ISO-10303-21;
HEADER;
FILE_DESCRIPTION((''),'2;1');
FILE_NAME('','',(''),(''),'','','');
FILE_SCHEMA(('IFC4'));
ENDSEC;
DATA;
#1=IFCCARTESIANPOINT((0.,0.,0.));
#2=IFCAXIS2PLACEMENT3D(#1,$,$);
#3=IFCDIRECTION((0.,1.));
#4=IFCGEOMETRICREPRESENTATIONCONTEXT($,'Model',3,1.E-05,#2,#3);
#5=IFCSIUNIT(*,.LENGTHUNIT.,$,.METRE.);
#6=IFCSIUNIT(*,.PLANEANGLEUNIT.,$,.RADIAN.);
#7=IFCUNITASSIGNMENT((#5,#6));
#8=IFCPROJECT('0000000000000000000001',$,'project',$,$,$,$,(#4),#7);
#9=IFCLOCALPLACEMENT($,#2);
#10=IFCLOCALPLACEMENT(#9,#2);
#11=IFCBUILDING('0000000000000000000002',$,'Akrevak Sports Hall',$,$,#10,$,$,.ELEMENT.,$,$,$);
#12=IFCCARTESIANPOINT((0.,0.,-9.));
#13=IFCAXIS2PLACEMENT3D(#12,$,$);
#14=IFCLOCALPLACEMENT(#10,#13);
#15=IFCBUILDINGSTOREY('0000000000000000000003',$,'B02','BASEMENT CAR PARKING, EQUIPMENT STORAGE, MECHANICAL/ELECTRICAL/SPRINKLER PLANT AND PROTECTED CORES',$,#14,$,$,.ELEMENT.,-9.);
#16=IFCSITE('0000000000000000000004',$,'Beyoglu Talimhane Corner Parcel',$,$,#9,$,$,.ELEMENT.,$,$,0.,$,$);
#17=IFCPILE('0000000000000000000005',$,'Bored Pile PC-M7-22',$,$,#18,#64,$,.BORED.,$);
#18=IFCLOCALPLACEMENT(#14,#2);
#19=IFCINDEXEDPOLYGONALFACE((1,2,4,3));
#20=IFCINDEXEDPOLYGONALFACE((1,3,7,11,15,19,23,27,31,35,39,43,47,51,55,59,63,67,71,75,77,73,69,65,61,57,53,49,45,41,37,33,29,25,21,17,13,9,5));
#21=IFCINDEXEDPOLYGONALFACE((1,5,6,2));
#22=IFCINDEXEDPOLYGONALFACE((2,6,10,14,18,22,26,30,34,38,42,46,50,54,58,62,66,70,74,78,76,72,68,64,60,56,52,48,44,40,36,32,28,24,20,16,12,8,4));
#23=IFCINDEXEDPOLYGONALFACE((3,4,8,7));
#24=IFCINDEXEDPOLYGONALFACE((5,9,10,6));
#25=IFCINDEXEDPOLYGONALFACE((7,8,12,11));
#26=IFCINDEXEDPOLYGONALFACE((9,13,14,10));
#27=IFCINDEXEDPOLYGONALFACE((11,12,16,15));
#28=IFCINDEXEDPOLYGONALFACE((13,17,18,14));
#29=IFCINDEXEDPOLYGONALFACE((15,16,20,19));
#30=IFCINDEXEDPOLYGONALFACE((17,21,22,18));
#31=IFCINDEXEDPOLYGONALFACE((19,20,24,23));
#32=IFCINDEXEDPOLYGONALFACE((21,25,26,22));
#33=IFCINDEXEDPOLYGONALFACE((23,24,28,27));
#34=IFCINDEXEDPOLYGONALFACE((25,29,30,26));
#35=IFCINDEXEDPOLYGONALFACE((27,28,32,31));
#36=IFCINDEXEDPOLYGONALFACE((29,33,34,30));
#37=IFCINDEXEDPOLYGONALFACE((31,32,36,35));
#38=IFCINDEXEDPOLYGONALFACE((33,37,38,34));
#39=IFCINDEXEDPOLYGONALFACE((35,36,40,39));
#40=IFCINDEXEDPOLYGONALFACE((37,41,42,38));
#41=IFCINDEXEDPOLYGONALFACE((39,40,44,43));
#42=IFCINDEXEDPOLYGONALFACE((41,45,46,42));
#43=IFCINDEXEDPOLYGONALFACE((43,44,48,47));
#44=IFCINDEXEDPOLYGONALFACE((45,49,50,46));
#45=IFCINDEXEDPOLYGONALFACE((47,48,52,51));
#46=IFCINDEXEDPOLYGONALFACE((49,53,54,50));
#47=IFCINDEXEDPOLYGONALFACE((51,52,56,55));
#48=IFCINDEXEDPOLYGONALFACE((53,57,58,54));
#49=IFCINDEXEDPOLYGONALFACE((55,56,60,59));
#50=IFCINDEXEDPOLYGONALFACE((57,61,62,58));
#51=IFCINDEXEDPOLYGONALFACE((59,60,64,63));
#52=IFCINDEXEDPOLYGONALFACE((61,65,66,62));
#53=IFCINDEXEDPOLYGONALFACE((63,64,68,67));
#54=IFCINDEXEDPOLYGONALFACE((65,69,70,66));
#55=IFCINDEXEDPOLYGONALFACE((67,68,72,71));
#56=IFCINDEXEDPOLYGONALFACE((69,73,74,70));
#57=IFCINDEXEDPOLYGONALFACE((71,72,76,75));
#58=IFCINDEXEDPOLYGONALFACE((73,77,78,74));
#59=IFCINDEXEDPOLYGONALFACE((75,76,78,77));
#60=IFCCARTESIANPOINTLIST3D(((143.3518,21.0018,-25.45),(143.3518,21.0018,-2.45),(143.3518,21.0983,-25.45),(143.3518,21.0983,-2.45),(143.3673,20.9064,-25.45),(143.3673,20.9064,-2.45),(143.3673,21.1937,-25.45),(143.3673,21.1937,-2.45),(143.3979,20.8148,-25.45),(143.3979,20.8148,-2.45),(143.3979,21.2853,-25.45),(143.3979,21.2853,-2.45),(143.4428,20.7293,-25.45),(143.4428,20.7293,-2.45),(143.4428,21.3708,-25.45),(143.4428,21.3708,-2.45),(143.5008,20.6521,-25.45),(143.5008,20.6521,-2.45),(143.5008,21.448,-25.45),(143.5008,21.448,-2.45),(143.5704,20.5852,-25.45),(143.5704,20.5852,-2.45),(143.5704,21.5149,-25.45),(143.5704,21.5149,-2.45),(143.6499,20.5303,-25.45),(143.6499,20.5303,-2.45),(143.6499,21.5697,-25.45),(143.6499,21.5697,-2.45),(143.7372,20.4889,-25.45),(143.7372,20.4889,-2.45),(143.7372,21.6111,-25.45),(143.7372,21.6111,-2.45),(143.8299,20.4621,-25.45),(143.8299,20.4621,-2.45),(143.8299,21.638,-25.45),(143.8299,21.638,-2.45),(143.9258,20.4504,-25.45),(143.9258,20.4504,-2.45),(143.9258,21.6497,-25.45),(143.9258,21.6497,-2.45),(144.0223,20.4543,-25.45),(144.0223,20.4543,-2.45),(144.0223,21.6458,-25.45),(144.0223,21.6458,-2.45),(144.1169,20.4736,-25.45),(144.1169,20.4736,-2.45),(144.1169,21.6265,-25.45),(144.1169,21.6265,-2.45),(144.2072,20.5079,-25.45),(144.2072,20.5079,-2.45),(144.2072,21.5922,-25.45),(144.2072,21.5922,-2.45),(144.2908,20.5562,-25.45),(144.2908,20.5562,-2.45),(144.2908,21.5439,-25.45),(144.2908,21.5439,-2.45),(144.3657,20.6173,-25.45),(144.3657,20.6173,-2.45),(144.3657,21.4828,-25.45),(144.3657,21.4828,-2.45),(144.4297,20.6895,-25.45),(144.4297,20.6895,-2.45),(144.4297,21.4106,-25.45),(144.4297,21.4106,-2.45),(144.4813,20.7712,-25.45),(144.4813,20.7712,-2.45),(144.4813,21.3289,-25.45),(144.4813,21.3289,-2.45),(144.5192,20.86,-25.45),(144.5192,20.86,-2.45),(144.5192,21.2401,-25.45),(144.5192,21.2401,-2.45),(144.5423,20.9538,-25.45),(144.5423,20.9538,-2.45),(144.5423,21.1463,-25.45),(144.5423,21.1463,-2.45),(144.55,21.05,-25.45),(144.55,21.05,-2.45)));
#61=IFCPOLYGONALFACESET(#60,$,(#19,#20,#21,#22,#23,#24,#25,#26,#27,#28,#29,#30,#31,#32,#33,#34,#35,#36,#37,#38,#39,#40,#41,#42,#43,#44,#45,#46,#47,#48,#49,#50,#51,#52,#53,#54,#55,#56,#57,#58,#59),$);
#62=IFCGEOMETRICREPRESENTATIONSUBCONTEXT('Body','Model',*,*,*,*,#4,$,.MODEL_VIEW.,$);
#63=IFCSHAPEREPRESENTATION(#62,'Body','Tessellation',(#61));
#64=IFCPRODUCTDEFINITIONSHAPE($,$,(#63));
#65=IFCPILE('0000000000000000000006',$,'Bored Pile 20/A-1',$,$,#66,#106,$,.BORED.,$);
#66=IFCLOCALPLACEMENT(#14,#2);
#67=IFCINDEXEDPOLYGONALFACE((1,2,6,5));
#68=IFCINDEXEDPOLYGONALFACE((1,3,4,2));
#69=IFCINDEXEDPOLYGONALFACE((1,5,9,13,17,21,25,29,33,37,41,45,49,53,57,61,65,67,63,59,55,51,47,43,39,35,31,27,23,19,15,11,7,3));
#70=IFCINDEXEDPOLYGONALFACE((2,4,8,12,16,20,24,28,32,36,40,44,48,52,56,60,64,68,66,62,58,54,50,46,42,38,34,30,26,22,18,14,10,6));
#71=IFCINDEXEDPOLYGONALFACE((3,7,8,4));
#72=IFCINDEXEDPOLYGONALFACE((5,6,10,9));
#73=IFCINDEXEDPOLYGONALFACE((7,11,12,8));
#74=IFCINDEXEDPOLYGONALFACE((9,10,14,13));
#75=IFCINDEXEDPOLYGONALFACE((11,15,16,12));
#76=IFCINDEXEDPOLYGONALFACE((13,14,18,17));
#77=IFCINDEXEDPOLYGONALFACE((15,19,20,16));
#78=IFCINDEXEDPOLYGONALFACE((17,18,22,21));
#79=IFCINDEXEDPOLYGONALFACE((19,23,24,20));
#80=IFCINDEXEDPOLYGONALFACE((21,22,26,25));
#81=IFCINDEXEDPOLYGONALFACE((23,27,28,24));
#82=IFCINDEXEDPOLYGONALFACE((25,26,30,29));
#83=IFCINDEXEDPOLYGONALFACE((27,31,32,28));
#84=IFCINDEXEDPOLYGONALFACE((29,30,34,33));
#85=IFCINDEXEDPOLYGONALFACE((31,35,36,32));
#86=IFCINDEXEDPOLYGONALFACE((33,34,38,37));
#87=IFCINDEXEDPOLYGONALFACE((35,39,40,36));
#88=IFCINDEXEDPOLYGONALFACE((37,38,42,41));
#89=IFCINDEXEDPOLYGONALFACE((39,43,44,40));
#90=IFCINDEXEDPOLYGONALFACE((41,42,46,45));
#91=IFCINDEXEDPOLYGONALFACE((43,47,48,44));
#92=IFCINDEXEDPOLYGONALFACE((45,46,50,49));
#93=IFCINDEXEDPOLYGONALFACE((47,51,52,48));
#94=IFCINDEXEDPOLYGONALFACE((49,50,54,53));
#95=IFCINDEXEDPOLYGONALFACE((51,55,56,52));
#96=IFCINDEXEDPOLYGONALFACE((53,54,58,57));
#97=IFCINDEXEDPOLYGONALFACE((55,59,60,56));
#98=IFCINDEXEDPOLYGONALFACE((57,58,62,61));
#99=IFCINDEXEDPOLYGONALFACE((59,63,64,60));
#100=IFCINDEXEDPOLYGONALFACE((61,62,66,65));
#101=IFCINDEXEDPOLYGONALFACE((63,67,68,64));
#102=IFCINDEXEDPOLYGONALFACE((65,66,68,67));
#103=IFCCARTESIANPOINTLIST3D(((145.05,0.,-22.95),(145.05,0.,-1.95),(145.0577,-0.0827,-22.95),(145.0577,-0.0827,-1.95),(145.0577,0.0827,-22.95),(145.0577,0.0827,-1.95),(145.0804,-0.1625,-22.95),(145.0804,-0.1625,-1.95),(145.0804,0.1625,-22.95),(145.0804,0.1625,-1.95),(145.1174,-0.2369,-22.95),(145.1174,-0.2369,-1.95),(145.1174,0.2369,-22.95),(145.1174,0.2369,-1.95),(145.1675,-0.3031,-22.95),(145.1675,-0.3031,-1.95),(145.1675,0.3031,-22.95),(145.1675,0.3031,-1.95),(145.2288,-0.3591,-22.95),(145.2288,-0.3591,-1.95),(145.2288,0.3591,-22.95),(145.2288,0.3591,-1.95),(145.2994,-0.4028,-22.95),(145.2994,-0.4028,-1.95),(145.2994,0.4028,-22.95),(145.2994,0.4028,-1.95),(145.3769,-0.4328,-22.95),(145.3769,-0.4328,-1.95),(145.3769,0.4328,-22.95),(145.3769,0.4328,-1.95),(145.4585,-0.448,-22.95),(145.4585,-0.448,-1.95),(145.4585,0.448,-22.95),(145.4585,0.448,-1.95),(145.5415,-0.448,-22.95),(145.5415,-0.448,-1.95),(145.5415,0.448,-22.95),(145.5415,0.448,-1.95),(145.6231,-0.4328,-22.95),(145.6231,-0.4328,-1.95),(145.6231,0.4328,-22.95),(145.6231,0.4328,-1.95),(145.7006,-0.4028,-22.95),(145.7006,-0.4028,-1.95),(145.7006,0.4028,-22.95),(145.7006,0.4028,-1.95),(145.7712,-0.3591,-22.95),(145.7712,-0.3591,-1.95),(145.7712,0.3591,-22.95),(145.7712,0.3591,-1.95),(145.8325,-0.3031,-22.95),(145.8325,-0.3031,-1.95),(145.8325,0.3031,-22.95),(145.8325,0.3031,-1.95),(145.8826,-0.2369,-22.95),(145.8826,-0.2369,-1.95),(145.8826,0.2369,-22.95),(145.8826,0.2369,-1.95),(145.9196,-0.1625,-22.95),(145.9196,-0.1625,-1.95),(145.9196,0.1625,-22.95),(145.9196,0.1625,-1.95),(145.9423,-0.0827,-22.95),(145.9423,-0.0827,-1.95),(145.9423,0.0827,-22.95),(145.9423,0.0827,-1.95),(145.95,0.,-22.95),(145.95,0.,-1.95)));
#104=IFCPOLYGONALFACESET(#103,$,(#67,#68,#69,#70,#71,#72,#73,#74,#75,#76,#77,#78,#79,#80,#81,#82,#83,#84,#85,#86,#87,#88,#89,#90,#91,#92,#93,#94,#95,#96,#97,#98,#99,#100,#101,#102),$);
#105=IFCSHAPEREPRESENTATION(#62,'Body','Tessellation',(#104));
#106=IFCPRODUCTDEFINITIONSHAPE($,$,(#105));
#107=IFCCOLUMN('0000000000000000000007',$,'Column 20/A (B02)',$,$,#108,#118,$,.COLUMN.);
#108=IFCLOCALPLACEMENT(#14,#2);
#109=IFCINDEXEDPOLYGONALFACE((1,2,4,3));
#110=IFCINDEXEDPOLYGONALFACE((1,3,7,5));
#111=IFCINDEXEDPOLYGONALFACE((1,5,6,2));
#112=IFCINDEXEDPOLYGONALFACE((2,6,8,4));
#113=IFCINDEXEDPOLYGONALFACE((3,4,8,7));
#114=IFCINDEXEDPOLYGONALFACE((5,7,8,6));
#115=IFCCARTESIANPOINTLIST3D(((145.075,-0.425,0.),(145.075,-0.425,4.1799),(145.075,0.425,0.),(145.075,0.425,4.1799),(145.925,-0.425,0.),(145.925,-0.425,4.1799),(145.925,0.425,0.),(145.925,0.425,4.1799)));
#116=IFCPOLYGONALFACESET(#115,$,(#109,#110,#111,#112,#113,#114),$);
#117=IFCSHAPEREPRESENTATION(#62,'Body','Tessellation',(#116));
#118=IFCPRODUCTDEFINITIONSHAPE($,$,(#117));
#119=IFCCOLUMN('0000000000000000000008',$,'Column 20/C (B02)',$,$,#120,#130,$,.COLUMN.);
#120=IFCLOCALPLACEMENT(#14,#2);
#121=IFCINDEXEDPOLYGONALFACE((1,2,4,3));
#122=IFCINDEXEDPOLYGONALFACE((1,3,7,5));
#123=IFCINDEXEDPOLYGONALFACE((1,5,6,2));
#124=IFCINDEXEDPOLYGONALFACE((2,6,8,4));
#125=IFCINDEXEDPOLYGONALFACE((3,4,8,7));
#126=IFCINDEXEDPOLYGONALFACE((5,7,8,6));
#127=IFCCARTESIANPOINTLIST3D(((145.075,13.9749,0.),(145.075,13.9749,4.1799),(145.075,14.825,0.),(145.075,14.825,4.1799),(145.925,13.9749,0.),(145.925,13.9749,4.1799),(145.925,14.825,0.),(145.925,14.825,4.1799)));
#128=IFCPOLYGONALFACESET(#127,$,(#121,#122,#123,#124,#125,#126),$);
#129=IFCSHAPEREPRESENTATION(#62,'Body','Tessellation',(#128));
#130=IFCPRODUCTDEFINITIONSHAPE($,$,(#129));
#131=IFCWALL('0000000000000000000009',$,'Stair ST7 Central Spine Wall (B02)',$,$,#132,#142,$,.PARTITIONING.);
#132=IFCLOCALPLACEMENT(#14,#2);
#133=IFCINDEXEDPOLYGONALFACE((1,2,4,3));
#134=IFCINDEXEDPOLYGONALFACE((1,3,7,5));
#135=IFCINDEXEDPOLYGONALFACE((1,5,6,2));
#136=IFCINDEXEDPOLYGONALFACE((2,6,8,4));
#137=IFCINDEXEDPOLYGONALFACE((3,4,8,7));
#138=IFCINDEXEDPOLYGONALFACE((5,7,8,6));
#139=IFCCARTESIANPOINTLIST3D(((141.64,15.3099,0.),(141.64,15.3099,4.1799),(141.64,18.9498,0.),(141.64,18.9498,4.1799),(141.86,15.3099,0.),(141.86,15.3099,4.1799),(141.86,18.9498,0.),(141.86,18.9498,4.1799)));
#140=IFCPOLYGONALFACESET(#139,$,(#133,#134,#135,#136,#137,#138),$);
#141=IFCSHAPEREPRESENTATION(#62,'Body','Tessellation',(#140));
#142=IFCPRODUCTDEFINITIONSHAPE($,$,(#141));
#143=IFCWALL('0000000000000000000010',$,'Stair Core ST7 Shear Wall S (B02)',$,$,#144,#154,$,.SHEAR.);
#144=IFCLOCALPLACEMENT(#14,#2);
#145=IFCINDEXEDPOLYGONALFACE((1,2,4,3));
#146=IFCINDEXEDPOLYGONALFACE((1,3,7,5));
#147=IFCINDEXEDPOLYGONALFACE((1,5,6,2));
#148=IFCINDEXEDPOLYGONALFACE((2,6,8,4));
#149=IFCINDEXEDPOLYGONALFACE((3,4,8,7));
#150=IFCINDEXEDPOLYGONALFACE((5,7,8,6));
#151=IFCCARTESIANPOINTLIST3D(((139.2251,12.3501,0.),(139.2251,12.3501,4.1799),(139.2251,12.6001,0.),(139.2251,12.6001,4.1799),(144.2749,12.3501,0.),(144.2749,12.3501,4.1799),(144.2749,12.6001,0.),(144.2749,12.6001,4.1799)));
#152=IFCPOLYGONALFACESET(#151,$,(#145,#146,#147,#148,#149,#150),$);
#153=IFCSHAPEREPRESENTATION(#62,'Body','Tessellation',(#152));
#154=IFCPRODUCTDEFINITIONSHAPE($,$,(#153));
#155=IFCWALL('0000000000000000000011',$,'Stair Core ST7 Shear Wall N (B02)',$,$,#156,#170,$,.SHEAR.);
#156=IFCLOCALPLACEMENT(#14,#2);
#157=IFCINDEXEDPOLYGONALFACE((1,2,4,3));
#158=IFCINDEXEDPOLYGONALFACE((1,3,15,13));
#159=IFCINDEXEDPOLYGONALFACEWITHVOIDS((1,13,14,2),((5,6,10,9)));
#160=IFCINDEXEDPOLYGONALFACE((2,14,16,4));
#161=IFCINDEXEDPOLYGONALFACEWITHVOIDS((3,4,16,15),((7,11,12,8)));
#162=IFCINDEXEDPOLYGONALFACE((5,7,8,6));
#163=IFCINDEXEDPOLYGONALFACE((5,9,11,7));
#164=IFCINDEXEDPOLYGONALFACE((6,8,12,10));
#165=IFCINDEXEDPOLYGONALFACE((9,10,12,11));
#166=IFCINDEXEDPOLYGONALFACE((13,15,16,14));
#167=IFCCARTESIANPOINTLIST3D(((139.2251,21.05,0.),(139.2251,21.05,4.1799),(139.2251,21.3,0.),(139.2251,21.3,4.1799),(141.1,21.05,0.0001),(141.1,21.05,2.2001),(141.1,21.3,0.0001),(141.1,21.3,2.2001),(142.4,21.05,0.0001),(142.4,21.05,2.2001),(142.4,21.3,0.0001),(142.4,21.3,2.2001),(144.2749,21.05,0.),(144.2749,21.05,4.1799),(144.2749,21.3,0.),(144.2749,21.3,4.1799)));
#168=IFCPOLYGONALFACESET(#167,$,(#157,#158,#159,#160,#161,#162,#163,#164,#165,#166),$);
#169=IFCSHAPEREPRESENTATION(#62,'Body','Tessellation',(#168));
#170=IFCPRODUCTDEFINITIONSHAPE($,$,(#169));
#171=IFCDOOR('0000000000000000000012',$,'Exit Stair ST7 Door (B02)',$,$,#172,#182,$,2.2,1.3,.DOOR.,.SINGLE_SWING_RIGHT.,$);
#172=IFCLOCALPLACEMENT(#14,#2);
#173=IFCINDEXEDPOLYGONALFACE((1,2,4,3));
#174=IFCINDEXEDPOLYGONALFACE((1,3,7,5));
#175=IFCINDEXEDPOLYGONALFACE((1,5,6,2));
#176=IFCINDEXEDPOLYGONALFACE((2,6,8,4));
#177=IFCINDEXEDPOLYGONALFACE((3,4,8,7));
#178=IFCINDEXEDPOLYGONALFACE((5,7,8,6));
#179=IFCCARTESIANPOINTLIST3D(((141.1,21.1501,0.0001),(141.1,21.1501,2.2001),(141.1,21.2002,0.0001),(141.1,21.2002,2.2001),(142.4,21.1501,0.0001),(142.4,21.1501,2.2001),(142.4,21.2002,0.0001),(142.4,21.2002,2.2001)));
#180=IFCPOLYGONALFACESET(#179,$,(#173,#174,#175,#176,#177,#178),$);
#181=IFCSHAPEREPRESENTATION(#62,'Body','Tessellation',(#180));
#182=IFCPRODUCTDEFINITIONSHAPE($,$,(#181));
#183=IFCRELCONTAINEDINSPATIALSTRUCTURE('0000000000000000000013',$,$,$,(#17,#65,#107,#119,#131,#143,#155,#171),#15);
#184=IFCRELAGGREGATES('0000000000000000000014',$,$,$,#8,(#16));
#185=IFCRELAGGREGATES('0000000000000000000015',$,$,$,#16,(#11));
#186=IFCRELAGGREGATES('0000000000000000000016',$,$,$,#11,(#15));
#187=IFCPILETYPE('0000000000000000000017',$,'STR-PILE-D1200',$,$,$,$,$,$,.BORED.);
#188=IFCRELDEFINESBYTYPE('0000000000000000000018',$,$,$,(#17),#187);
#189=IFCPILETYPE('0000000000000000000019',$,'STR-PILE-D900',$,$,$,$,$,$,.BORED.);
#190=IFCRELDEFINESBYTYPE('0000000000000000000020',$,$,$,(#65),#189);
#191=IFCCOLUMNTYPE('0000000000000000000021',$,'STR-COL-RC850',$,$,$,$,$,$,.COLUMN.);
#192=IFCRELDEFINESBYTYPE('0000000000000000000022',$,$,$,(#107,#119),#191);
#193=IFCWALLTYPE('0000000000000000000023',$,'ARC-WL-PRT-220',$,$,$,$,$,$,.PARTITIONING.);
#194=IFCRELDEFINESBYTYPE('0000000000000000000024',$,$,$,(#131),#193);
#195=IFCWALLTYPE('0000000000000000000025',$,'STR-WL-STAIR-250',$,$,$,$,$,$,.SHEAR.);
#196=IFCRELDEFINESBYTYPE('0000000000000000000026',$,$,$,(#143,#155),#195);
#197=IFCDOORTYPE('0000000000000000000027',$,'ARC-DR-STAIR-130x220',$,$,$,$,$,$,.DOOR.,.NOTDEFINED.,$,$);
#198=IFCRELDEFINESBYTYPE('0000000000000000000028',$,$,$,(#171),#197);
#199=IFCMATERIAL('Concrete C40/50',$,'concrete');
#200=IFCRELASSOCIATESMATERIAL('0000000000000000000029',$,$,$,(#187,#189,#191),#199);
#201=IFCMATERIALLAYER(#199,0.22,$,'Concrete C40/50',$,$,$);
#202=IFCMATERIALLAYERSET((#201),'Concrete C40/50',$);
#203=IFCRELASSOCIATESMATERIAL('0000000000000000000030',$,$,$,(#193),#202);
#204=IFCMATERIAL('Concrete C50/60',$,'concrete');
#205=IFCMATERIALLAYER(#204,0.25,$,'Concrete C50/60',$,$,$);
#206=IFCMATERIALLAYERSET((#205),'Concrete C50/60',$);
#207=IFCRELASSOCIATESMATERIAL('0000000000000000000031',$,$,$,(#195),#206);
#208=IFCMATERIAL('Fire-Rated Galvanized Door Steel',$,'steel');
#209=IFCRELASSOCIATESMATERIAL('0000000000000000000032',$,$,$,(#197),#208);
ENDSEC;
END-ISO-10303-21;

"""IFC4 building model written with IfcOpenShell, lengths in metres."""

from ifc_helpers import new_model, si_unit, direction, frame, frame_2d, origin, origin_2d, place, context, subcontext, project, spatial, rectangle, circle, extrude, material, layer, layer_set, material_profile, profile_set, type_object, element, fill, save


model = new_model("IFC4")

# Units and contexts
model_context = context("Model", 3, precision=1e-05, world=origin(), true_north=direction((0.0, 1.0)))
body_context = subcontext(model_context, "Body", "Model", "MODEL_VIEW")
ifc_project = project(units=[si_unit("LENGTHUNIT", "METRE"), si_unit("PLANEANGLEUNIT", "RADIAN")], contexts=[model_context])

# Site, building, storey
site_placement = place(None, origin())
site = spatial("IfcSite", under=ifc_project, at=site_placement, Name="Beyoglu Talimhane Corner Parcel", CompositionType="ELEMENT", RefElevation=0.0)
building_placement = place(site_placement, origin())
building = spatial("IfcBuilding", under=site, at=building_placement, Name="Akrevak Sports Hall", CompositionType="ELEMENT")
storey_placement = place(building_placement, frame((0.0, 0.0, -9.0)))
storey = spatial("IfcBuildingStorey", under=building, at=storey_placement, Name="B02", Description="BASEMENT CAR PARKING, EQUIPMENT STORAGE, MECHANICAL/ELECTRICAL/SPRINKLER PLANT AND PROTECTED CORES", CompositionType="ELEMENT", Elevation=-9.0)

# Shared definitions
ifc_material_1 = material(Name="Concrete C40/50", Category="concrete")

# Piles
ifc_material_profile_1 = material_profile(ifc_material_1, circle(Radius=0.6001, at=origin_2d()), Name="BORED PILE D1200", Category="concrete")
ifc_profile_set_1 = profile_set([ifc_material_profile_1], Name="Concrete C40/50")
pile_type_1 = type_object("IfcPileType", Name="STR-PILE-D1200", PredefinedType="BORED", material=ifc_profile_set_1)
for number, where, z_axis, x_axis, name in (
    (1, (143.95, 21.05, -2.45), (0.0, 0.0, -1.0), (1.0, 0.0, 0.0), "Bored Pile PC-M7-22"),
):
    element("IfcPile", number, at=place(storey_placement, frame(where, z_axis=z_axis, x_axis=x_axis)), inside=storey, type_object=pile_type_1, Name=name, PredefinedType="BORED", context=body_context, shape_type="SweptSolid", body=[
        extrude(circle(Radius=0.6001, at=origin_2d()), origin(), (0.0, 0.0, 1.0), 23.0),
    ])
ifc_material_profile_2 = material_profile(ifc_material_1, circle(Radius=0.45, at=origin_2d()), Name="BORED PILE D900", Category="concrete")
ifc_profile_set_2 = profile_set([ifc_material_profile_2], Name="Concrete C40/50")
pile_type_2 = type_object("IfcPileType", Name="STR-PILE-D900", PredefinedType="BORED", material=ifc_profile_set_2)
pile_placement = place(storey_placement, frame((145.5, 0.0, -1.95), z_axis=(0.0, 0.0, -1.0), x_axis=(1.0, 0.0, 0.0)))
element("IfcPile", 2, at=pile_placement, inside=storey, type_object=pile_type_2, Name="Bored Pile 20/A-1", PredefinedType="BORED", context=body_context, shape_type="SweptSolid", body=[
    extrude(circle(Radius=0.45, at=origin_2d()), origin(), (0.0, 0.0, 1.0), 21.0),
])

# Columns
ifc_material_profile_3 = material_profile(ifc_material_1, rectangle(XDim=0.8501, YDim=0.8501, at=origin_2d()), Name="RC 850x850", Category="concrete")
ifc_profile_set_3 = profile_set([ifc_material_profile_3], Name="Concrete C40/50")
column_type = type_object("IfcColumnType", Name="STR-COL-RC850", PredefinedType="COLUMN", material=ifc_profile_set_3)
for number, where, z_axis, x_axis, name in (
    (3, (145.5, 0.0, 0.0), (0.0, 0.0, 1.0), (1.0, 0.0, 0.0), "Column 20/A (B02)"),
    (4, (145.5, 14.3999, 0.0), (0.0, 0.0, 1.0), (1.0, 0.0, 0.0), "Column 20/C (B02)"),
):
    element("IfcColumn", number, at=place(storey_placement, frame(where, z_axis=z_axis, x_axis=x_axis)), inside=storey, type_object=column_type, Name=name, PredefinedType="COLUMN", context=body_context, shape_type="SweptSolid", body=[
        extrude(rectangle(XDim=0.8501, YDim=0.8501, at=origin_2d()), origin(), (0.0, 0.0, 1.0), 4.1799),
    ])

# Walls
ifc_layer_1 = layer(ifc_material_1, 0.22, Name="Concrete C40/50")
ifc_layer_set_1 = layer_set([ifc_layer_1], Name="Concrete C40/50")
wall_type_1 = type_object("IfcWallType", Name="ARC-WL-PRT-220", PredefinedType="PARTITIONING", material=ifc_layer_set_1)
wall_1_placement = place(storey_placement, frame((141.75, 15.3101, 0.0), z_axis=(0.0, 0.0, 1.0), x_axis=(0.0, 1.0, 0.0)))
element("IfcWall", 5, at=wall_1_placement, inside=storey, type_object=wall_type_1, Name="Stair ST7 Central Spine Wall (B02)", PredefinedType="PARTITIONING", context=body_context, shape_type="SweptSolid", body=[
    extrude(rectangle(XDim=3.6399, YDim=0.22, at=frame_2d((1.8198, 0.0))), origin(), (0.0, 0.0, 1.0), 4.1799),
])
ifc_material_2 = material(Name="Concrete C50/60", Category="concrete")
ifc_layer_2 = layer(ifc_material_2, 0.25, Name="Concrete C50/60")
ifc_layer_set_2 = layer_set([ifc_layer_2], Name="Concrete C50/60")
wall_type_2 = type_object("IfcWallType", Name="STR-WL-STAIR-250", PredefinedType="SHEAR", material=ifc_layer_set_2)
wall_2_placement = place(storey_placement, frame((139.2251, 12.4751, 0.0), z_axis=(0.0, 0.0, 1.0), x_axis=(1.0, 0.0, 0.0)))
element("IfcWall", 6, at=wall_2_placement, inside=storey, type_object=wall_type_2, Name="Stair Core ST7 Shear Wall S (B02)", PredefinedType="SHEAR", context=body_context, shape_type="SweptSolid", body=[
    extrude(rectangle(XDim=5.0498, YDim=0.25, at=frame_2d((2.5249, 0.0))), origin(), (0.0, 0.0, 1.0), 4.1799),
])

# Wall, opening, door
wall_3_placement = place(storey_placement, frame((144.2749, 21.175, 0.0), z_axis=(0.0, 0.0, 1.0), x_axis=(-1.0, 0.0, 0.0)))
wall_3 = element("IfcWall", 7, at=wall_3_placement, inside=storey, type_object=wall_type_2, Name="Stair Core ST7 Shear Wall N (B02)", PredefinedType="SHEAR", context=body_context, shape_type="SweptSolid", body=[
    extrude(rectangle(XDim=5.0498, YDim=0.25, at=frame_2d((2.5249, 0.0))), origin(), (0.0, 0.0, 1.0), 4.1799),
])
opening_placement = place(wall_3_placement, frame((1.875, 0.0, 0.0)))
opening = element("IfcOpeningElement", 8, at=opening_placement, cuts=wall_3, PredefinedType="OPENING", context=body_context, shape_type="SweptSolid", body=[
    extrude(rectangle(XDim=1.3, YDim=2.2, at=frame_2d((0.6499, 1.1001))), frame((0.0, 0.137, 0.0), z_axis=(0.0, -1.0, 0.0), x_axis=(1.0, 0.0, 0.0)), (0.0, 0.0, 1.0), 0.2739),
])
ifc_material_3 = material(Name="Fire-Rated Galvanized Door Steel", Category="steel")
door_type = type_object("IfcDoorType", Name="ARC-DR-STAIR-130x220", OperationType="NOTDEFINED", PredefinedType="DOOR", material=ifc_material_3)
door_placement = place(opening_placement, origin())
door = element("IfcDoor", 9, at=door_placement, inside=storey, type_object=door_type, Name="Exit Stair ST7 Door (B02)", OperationType="SINGLE_SWING_RIGHT", OverallHeight=2.2, OverallWidth=1.3, PredefinedType="DOOR", context=body_context, shape_type="SweptSolid", body=[
    extrude(rectangle(XDim=1.3, YDim=2.2, at=frame_2d((0.6499, 1.1001))), frame((0.0, 0.0249, 0.0), z_axis=(0.0, -1.0, 0.0), x_axis=(1.0, 0.0, 0.0)), (0.0, 0.0, 1.0), 0.05),
])
fill(opening, door)

save(model, "model.ifc")
